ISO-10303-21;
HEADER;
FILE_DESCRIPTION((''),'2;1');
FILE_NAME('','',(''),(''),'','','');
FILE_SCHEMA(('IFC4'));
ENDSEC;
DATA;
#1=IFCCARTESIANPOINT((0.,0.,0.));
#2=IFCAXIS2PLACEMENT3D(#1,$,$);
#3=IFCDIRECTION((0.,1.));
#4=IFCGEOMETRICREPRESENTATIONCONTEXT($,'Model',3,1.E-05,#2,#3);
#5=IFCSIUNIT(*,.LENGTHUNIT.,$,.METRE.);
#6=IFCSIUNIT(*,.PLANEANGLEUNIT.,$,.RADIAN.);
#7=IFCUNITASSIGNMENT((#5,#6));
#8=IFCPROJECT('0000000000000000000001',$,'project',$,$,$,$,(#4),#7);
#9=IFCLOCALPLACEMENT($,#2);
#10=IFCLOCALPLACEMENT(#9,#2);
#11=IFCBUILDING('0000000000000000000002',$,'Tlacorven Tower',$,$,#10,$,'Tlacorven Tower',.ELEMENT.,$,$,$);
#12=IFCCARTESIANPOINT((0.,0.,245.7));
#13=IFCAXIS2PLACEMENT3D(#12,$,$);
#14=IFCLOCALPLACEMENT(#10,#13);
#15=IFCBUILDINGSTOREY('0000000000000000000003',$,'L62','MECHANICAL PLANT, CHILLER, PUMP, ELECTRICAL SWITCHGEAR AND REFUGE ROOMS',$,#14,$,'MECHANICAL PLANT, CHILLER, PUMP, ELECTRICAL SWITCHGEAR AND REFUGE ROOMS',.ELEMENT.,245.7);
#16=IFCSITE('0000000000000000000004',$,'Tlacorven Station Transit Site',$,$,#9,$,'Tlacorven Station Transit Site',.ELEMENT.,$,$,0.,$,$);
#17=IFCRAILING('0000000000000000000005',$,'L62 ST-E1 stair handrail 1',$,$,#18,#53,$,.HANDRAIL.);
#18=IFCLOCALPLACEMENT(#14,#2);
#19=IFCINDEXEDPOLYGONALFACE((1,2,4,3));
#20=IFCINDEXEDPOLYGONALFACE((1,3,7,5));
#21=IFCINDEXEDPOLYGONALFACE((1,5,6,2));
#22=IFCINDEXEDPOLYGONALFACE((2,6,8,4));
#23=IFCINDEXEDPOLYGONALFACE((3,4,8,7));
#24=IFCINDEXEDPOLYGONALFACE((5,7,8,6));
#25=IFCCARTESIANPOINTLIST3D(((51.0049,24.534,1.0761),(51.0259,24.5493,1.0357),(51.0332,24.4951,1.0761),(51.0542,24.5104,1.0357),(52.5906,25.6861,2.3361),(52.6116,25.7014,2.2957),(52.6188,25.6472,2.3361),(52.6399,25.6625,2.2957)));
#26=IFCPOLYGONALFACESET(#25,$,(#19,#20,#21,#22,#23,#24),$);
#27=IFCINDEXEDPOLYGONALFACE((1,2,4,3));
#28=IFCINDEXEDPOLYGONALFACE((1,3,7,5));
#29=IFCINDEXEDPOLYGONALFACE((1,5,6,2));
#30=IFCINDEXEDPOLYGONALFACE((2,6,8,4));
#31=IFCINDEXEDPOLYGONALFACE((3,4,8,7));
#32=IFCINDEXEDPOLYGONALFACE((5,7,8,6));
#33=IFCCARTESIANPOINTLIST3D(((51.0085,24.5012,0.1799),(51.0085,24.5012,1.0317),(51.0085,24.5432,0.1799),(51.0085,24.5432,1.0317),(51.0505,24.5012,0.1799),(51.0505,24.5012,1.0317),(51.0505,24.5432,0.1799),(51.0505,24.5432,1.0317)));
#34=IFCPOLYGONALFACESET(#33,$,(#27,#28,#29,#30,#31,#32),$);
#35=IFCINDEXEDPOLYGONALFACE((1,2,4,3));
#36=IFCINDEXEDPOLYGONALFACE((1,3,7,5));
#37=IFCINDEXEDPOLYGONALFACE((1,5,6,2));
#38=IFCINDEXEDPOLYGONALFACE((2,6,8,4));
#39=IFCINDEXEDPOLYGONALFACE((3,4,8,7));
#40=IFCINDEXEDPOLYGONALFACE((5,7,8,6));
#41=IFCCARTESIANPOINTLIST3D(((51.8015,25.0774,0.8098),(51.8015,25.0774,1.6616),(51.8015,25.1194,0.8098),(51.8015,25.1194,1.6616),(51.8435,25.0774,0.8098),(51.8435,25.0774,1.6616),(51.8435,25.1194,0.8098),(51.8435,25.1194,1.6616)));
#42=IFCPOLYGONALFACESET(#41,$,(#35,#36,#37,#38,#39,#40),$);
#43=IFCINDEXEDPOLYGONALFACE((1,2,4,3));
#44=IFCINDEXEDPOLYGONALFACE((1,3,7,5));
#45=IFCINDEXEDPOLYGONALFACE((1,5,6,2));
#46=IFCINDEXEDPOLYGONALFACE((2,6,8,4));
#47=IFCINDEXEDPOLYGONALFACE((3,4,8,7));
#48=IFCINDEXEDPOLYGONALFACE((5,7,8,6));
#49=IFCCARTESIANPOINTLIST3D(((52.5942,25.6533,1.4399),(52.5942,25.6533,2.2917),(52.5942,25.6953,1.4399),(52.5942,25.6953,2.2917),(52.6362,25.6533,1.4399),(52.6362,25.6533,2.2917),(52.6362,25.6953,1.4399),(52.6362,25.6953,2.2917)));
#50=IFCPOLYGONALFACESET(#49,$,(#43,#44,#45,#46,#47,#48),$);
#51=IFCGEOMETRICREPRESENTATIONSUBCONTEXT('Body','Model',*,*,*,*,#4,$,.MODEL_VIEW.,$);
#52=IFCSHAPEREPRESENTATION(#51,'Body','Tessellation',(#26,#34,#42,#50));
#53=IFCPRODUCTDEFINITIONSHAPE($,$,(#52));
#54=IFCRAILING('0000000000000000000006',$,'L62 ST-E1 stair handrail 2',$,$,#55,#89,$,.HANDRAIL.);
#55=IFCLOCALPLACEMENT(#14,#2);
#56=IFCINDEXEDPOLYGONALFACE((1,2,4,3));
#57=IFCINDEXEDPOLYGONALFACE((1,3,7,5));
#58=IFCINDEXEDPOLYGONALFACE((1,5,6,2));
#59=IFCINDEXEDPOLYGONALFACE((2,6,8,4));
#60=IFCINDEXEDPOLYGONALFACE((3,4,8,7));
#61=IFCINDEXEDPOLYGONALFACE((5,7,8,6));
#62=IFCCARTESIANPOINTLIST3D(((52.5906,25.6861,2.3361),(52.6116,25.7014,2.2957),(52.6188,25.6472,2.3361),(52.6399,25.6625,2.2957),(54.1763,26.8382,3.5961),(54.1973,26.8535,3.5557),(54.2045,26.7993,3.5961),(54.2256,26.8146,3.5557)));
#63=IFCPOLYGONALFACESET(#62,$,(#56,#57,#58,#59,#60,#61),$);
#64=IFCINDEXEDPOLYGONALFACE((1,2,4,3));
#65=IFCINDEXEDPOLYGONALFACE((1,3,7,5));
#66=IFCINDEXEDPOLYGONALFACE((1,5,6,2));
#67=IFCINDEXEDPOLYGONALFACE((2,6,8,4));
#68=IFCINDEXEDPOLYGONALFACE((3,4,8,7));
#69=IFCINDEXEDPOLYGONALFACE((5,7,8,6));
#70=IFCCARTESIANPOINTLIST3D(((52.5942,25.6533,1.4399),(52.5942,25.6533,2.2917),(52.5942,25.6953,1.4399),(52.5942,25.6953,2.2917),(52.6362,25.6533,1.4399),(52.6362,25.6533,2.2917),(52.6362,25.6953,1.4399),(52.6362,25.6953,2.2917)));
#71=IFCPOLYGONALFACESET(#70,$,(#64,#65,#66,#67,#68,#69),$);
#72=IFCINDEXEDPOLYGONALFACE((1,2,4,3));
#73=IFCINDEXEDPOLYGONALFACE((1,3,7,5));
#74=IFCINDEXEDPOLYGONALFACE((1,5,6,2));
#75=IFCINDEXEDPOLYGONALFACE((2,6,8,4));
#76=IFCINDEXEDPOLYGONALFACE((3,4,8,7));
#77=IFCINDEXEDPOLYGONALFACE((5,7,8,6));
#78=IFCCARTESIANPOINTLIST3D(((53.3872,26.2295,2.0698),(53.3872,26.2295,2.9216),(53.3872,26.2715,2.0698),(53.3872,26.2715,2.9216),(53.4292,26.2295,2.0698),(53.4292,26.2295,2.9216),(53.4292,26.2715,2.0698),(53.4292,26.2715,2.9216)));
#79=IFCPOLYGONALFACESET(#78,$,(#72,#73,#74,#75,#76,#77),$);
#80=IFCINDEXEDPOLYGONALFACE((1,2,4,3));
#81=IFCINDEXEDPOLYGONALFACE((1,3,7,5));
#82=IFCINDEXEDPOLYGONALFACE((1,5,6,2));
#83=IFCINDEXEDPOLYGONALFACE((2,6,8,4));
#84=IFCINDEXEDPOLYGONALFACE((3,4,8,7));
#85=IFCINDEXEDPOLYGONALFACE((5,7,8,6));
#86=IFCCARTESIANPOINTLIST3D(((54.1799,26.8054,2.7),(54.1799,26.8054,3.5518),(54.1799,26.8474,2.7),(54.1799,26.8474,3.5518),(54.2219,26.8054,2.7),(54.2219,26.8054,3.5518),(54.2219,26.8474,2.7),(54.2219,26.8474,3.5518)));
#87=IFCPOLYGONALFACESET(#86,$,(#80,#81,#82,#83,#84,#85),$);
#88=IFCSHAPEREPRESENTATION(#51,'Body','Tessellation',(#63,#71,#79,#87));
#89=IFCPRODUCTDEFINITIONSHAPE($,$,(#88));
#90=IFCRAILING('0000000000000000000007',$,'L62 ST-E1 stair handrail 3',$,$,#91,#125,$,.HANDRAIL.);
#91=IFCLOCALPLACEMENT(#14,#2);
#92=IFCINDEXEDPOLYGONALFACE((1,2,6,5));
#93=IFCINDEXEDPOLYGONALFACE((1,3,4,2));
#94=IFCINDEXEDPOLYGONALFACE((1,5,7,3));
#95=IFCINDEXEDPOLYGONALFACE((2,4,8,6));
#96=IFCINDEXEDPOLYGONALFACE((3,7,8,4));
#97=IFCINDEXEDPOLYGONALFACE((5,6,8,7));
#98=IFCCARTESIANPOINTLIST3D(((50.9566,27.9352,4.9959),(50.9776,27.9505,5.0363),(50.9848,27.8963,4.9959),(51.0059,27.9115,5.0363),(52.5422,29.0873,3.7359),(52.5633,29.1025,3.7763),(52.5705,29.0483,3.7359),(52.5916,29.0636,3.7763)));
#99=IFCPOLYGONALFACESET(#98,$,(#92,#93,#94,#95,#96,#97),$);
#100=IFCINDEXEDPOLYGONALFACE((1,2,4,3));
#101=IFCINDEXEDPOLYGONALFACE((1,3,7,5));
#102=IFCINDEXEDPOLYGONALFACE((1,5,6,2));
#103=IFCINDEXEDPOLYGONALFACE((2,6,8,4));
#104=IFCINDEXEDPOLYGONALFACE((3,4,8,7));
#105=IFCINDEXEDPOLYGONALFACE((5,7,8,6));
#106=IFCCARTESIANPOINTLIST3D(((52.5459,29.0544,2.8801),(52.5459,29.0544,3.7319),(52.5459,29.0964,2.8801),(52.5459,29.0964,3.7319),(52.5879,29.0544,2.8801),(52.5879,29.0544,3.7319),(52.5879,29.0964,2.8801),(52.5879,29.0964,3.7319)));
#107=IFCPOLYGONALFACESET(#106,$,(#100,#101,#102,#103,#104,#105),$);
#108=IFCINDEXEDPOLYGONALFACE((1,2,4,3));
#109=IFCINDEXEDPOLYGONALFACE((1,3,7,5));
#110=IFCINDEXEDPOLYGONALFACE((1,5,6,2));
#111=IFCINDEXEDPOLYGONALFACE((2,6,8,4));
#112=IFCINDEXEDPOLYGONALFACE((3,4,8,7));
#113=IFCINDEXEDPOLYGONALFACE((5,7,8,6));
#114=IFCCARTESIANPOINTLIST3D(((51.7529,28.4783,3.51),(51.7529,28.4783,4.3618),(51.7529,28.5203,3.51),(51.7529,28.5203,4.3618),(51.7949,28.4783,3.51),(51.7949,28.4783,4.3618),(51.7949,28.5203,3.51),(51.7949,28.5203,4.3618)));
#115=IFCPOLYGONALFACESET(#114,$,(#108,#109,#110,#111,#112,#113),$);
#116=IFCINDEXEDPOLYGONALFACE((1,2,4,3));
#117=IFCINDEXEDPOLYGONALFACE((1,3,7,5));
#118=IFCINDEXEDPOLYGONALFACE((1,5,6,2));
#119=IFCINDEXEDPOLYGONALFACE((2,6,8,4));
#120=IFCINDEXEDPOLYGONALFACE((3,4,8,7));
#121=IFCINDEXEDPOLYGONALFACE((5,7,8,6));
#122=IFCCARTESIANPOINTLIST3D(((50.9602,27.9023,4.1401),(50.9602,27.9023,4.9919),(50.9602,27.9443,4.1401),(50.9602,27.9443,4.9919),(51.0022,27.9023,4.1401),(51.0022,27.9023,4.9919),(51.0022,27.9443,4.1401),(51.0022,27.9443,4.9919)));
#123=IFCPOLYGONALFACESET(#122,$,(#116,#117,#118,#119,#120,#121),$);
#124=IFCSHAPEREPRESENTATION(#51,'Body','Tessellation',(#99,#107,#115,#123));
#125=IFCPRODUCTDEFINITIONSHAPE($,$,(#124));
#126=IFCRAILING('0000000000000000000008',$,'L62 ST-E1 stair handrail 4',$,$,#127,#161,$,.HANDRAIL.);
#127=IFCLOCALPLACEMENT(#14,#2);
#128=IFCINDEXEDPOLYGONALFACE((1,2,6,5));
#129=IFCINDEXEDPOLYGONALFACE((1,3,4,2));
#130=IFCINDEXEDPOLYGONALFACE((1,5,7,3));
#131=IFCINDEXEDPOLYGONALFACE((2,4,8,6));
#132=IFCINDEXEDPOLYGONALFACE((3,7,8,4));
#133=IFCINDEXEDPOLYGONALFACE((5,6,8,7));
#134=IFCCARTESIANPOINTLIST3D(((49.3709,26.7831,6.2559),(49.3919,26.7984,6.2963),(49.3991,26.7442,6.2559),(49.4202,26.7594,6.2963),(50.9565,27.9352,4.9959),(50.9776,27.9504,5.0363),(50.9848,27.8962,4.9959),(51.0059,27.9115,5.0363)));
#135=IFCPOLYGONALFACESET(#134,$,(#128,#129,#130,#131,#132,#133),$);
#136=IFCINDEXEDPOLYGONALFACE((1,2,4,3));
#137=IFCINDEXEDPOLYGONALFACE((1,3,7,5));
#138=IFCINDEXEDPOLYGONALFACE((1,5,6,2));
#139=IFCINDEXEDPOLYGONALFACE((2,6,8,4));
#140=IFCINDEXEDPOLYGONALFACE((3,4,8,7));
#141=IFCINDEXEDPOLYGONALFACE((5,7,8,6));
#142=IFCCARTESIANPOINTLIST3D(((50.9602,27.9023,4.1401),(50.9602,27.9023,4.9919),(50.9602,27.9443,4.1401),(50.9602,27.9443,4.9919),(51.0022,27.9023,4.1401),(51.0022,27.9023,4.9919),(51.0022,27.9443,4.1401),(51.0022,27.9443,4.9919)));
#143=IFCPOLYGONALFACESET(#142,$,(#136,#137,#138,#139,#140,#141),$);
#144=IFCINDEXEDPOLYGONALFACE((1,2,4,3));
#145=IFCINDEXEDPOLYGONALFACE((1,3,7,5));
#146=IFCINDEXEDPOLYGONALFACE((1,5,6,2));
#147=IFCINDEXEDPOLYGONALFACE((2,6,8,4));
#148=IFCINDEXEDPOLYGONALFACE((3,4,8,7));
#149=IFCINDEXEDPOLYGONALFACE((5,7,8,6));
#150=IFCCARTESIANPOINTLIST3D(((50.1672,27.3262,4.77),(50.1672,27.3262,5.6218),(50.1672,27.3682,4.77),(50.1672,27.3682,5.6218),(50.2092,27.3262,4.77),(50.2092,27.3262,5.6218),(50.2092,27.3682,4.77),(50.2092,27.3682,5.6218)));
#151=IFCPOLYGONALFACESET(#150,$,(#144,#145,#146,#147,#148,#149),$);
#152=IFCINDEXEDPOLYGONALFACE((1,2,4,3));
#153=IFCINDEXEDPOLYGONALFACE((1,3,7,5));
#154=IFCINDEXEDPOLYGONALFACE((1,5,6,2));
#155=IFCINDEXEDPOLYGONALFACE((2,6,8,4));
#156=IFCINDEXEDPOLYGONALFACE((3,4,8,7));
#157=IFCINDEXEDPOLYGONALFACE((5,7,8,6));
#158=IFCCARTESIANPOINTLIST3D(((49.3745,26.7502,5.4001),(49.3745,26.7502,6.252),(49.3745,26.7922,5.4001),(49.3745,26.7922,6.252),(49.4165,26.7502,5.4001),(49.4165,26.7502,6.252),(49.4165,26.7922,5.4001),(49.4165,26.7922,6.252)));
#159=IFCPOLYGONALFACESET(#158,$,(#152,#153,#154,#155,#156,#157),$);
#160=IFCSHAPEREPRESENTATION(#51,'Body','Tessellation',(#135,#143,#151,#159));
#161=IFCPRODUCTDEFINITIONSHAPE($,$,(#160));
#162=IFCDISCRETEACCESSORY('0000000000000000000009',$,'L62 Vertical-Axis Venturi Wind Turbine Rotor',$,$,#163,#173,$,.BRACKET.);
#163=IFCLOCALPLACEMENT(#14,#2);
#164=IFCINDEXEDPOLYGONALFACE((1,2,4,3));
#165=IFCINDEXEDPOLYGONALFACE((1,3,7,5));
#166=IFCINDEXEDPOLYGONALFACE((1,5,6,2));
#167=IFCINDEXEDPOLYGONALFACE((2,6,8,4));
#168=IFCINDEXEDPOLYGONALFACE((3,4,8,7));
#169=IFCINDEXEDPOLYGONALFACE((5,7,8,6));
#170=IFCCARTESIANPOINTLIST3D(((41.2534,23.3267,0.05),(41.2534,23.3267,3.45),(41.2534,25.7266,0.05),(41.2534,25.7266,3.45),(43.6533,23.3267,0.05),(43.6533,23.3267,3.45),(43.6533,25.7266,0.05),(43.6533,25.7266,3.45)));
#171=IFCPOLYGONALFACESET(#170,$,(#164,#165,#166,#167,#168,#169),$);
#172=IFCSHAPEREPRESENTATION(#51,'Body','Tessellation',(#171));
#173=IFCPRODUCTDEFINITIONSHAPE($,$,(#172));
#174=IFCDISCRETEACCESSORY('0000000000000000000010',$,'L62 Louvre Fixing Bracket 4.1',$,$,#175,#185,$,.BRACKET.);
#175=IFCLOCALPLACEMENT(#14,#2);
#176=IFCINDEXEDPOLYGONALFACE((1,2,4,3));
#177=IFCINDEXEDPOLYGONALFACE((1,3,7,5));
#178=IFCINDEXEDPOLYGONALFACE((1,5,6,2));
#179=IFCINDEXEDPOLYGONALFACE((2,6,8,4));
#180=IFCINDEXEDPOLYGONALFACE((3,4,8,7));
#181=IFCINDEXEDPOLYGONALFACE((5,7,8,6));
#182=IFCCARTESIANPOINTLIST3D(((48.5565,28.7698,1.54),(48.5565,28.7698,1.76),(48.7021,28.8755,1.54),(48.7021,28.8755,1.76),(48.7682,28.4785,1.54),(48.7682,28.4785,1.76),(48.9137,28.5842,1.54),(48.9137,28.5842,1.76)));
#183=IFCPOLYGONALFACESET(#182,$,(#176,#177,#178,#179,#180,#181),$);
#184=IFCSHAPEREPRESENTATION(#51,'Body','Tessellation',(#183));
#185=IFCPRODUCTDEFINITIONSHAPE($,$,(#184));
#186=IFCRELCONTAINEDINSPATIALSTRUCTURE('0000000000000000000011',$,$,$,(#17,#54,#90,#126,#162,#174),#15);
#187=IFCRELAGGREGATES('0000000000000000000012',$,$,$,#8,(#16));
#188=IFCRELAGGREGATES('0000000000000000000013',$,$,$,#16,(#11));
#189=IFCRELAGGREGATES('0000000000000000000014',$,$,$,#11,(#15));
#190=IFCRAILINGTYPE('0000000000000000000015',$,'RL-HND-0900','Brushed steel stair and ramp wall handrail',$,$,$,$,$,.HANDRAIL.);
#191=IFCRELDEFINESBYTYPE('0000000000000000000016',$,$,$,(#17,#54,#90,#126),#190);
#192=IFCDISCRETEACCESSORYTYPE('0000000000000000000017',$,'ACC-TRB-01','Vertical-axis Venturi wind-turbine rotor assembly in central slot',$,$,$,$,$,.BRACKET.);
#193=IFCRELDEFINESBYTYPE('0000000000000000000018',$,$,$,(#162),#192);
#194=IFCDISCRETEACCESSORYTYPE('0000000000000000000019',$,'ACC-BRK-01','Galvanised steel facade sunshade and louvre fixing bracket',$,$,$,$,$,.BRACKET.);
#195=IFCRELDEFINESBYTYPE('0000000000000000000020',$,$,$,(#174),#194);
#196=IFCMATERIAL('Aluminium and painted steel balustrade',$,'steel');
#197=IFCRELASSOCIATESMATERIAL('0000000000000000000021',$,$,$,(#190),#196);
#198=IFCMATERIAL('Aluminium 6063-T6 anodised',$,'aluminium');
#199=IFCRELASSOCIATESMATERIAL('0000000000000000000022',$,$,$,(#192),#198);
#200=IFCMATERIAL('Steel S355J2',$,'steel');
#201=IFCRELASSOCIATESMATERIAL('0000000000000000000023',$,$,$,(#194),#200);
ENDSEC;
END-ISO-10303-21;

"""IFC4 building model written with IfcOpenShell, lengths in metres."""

from ifc_helpers import new_model, si_unit, direction, frame, origin, origin_2d, place, context, subcontext, project, spatial, rectangle, extrude, source, transform, mapped, material, type_object, element, save


model = new_model("IFC4")

# Units and contexts
model_context = context("Model", 3, precision=1e-05, world=origin(), true_north=direction((0.0, 1.0)))
body_context = subcontext(model_context, "Body", "Model", "MODEL_VIEW")
ifc_project = project(units=[si_unit("LENGTHUNIT", "METRE"), si_unit("PLANEANGLEUNIT", "RADIAN")], contexts=[model_context])

# Site, building, storey
site_placement = place(None, origin())
site = spatial("IfcSite", under=ifc_project, at=site_placement, Name="Tlacorven Station Transit Site", LongName="Tlacorven Station Transit Site", CompositionType="ELEMENT", RefElevation=0.0)
building_placement = place(site_placement, origin())
building = spatial("IfcBuilding", under=site, at=building_placement, Name="Tlacorven Tower", LongName="Tlacorven Tower", CompositionType="ELEMENT")
storey_placement = place(building_placement, frame((0.0, 0.0, 245.7)))
storey = spatial("IfcBuildingStorey", under=building, at=storey_placement, Name="L62", Description="MECHANICAL PLANT, CHILLER, PUMP, ELECTRICAL SWITCHGEAR AND REFUGE ROOMS", LongName="MECHANICAL PLANT, CHILLER, PUMP, ELECTRICAL SWITCHGEAR AND REFUGE ROOMS", CompositionType="ELEMENT", Elevation=245.7)

# Shared definitions
ifc_material_1 = material(Name="Aluminium 6063-T6 anodised", Category="aluminium")

# Railings
ifc_material_2 = material(Name="Aluminium and painted steel balustrade", Category="steel")
railing_type_1 = type_object("IfcRailingType", Name="RL-HND-0900", Description="Brushed steel stair and ramp wall handrail", PredefinedType="HANDRAIL", material=ifc_material_2)
shared_shape_1 = source(origin(), body_context, "Body", "SweptSolid", [
    extrude(rectangle(XDim=0.0481, YDim=0.0481, at=origin_2d()), frame((0.0, 0.0, 0.876), z_axis=(0.680525, 0.494441, 0.540753), x_axis=(-0.587794, 0.809011, 0.0)), (0.0, 0.0, 1.0), 2.3301),
    extrude(rectangle(XDim=0.042, YDim=0.042, at=origin_2d()), origin(), (0.0, 0.0, 1.0), 0.8518),
    extrude(rectangle(XDim=0.042, YDim=0.042, at=origin_2d()), frame((0.793, 0.5762, 0.6299)), (0.0, 0.0, 1.0), 0.8518),
    extrude(rectangle(XDim=0.042, YDim=0.042, at=origin_2d()), frame((1.5857, 1.1521, 1.26)), (0.0, 0.0, 1.0), 0.8518),
])
for number, where, name in (
    (1, (51.0295, 24.5222, 0.1799), "L62 ST-E1 stair handrail 1"),
    (2, (52.6152, 25.6743, 1.4399), "L62 ST-E1 stair handrail 2"),
):
    element("IfcRailing", number, at=place(storey_placement, frame(where)), inside=storey, type_object=railing_type_1, Name=name, PredefinedType="HANDRAIL", context=body_context, shape_type="MappedRepresentation", body=[
        mapped(shared_shape_1, transform((0.0, 0.0, 0.0), scale=1.0)),
    ])
shared_shape_2 = source(origin(), body_context, "Body", "SweptSolid", [
    extrude(rectangle(XDim=0.0481, YDim=0.0481, at=origin_2d()), frame((0.0, 0.0, 0.876), z_axis=(-0.680525, -0.494441, 0.540753), x_axis=(0.587794, -0.809011, 0.0)), (0.0, 0.0, 1.0), 2.3301),
    extrude(rectangle(XDim=0.042, YDim=0.042, at=origin_2d()), origin(), (0.0, 0.0, 1.0), 0.8518),
    extrude(rectangle(XDim=0.042, YDim=0.042, at=origin_2d()), frame((-0.793, -0.5762, 0.6299)), (0.0, 0.0, 1.0), 0.8518),
    extrude(rectangle(XDim=0.042, YDim=0.042, at=origin_2d()), frame((-1.5857, -1.1521, 1.26)), (0.0, 0.0, 1.0), 0.8518),
])
for number, where, name in (
    (3, (52.5669, 29.0754, 2.8801), "L62 ST-E1 stair handrail 3"),
    (4, (50.9812, 27.9233, 4.1401), "L62 ST-E1 stair handrail 4"),
):
    element("IfcRailing", number, at=place(storey_placement, frame(where)), inside=storey, type_object=railing_type_1, Name=name, PredefinedType="HANDRAIL", context=body_context, shape_type="MappedRepresentation", body=[
        mapped(shared_shape_2, transform((0.0, 0.0, 0.0), scale=1.0)),
    ])

# Discrete accessories
discrete_accessory_type_1 = type_object("IfcDiscreteAccessoryType", Name="ACC-TRB-01", Description="Vertical-axis Venturi wind-turbine rotor assembly in central slot", PredefinedType="BRACKET", material=ifc_material_1)
shared_shape_3 = source(origin(), body_context, "Body", "SweptSolid", [
    extrude(rectangle(XDim=2.3999, YDim=2.3999, at=origin_2d()), origin(), (0.0, 0.0, 1.0), 3.3999),
])
discrete_accessory_1_placement = place(storey_placement, frame((42.4534, 24.5266, 0.05), z_axis=(0.0, 0.0, 1.0), x_axis=(1.0, 0.0, 0.0)))
element("IfcDiscreteAccessory", 5, at=discrete_accessory_1_placement, inside=storey, type_object=discrete_accessory_type_1, Name="L62 Vertical-Axis Venturi Wind Turbine Rotor", PredefinedType="BRACKET", context=body_context, shape_type="MappedRepresentation", body=[
    mapped(shared_shape_3, transform((0.0, 0.0, 0.0), scale=1.0)),
])
ifc_material_3 = material(Name="Steel S355J2", Category="steel")
discrete_accessory_type_2 = type_object("IfcDiscreteAccessoryType", Name="ACC-BRK-01", Description="Galvanised steel facade sunshade and louvre fixing bracket", PredefinedType="BRACKET", material=ifc_material_3)
shared_shape_4 = source(origin(), body_context, "Body", "SweptSolid", [
    extrude(rectangle(XDim=0.1799, YDim=0.3601, at=origin_2d()), origin(), (0.0, 0.0, 1.0), 0.22),
])
discrete_accessory_2_placement = place(storey_placement, frame((48.7351, 28.677, 1.54), z_axis=(0.0, 0.0, 1.0), x_axis=(0.809017, 0.587785, 0.0)))
element("IfcDiscreteAccessory", 6, at=discrete_accessory_2_placement, inside=storey, type_object=discrete_accessory_type_2, Name="L62 Louvre Fixing Bracket 4.1", PredefinedType="BRACKET", context=body_context, shape_type="MappedRepresentation", body=[
    mapped(shared_shape_4, transform((0.0, 0.0, 0.0), scale=1.0)),
])

save(model, "model.ifc")
